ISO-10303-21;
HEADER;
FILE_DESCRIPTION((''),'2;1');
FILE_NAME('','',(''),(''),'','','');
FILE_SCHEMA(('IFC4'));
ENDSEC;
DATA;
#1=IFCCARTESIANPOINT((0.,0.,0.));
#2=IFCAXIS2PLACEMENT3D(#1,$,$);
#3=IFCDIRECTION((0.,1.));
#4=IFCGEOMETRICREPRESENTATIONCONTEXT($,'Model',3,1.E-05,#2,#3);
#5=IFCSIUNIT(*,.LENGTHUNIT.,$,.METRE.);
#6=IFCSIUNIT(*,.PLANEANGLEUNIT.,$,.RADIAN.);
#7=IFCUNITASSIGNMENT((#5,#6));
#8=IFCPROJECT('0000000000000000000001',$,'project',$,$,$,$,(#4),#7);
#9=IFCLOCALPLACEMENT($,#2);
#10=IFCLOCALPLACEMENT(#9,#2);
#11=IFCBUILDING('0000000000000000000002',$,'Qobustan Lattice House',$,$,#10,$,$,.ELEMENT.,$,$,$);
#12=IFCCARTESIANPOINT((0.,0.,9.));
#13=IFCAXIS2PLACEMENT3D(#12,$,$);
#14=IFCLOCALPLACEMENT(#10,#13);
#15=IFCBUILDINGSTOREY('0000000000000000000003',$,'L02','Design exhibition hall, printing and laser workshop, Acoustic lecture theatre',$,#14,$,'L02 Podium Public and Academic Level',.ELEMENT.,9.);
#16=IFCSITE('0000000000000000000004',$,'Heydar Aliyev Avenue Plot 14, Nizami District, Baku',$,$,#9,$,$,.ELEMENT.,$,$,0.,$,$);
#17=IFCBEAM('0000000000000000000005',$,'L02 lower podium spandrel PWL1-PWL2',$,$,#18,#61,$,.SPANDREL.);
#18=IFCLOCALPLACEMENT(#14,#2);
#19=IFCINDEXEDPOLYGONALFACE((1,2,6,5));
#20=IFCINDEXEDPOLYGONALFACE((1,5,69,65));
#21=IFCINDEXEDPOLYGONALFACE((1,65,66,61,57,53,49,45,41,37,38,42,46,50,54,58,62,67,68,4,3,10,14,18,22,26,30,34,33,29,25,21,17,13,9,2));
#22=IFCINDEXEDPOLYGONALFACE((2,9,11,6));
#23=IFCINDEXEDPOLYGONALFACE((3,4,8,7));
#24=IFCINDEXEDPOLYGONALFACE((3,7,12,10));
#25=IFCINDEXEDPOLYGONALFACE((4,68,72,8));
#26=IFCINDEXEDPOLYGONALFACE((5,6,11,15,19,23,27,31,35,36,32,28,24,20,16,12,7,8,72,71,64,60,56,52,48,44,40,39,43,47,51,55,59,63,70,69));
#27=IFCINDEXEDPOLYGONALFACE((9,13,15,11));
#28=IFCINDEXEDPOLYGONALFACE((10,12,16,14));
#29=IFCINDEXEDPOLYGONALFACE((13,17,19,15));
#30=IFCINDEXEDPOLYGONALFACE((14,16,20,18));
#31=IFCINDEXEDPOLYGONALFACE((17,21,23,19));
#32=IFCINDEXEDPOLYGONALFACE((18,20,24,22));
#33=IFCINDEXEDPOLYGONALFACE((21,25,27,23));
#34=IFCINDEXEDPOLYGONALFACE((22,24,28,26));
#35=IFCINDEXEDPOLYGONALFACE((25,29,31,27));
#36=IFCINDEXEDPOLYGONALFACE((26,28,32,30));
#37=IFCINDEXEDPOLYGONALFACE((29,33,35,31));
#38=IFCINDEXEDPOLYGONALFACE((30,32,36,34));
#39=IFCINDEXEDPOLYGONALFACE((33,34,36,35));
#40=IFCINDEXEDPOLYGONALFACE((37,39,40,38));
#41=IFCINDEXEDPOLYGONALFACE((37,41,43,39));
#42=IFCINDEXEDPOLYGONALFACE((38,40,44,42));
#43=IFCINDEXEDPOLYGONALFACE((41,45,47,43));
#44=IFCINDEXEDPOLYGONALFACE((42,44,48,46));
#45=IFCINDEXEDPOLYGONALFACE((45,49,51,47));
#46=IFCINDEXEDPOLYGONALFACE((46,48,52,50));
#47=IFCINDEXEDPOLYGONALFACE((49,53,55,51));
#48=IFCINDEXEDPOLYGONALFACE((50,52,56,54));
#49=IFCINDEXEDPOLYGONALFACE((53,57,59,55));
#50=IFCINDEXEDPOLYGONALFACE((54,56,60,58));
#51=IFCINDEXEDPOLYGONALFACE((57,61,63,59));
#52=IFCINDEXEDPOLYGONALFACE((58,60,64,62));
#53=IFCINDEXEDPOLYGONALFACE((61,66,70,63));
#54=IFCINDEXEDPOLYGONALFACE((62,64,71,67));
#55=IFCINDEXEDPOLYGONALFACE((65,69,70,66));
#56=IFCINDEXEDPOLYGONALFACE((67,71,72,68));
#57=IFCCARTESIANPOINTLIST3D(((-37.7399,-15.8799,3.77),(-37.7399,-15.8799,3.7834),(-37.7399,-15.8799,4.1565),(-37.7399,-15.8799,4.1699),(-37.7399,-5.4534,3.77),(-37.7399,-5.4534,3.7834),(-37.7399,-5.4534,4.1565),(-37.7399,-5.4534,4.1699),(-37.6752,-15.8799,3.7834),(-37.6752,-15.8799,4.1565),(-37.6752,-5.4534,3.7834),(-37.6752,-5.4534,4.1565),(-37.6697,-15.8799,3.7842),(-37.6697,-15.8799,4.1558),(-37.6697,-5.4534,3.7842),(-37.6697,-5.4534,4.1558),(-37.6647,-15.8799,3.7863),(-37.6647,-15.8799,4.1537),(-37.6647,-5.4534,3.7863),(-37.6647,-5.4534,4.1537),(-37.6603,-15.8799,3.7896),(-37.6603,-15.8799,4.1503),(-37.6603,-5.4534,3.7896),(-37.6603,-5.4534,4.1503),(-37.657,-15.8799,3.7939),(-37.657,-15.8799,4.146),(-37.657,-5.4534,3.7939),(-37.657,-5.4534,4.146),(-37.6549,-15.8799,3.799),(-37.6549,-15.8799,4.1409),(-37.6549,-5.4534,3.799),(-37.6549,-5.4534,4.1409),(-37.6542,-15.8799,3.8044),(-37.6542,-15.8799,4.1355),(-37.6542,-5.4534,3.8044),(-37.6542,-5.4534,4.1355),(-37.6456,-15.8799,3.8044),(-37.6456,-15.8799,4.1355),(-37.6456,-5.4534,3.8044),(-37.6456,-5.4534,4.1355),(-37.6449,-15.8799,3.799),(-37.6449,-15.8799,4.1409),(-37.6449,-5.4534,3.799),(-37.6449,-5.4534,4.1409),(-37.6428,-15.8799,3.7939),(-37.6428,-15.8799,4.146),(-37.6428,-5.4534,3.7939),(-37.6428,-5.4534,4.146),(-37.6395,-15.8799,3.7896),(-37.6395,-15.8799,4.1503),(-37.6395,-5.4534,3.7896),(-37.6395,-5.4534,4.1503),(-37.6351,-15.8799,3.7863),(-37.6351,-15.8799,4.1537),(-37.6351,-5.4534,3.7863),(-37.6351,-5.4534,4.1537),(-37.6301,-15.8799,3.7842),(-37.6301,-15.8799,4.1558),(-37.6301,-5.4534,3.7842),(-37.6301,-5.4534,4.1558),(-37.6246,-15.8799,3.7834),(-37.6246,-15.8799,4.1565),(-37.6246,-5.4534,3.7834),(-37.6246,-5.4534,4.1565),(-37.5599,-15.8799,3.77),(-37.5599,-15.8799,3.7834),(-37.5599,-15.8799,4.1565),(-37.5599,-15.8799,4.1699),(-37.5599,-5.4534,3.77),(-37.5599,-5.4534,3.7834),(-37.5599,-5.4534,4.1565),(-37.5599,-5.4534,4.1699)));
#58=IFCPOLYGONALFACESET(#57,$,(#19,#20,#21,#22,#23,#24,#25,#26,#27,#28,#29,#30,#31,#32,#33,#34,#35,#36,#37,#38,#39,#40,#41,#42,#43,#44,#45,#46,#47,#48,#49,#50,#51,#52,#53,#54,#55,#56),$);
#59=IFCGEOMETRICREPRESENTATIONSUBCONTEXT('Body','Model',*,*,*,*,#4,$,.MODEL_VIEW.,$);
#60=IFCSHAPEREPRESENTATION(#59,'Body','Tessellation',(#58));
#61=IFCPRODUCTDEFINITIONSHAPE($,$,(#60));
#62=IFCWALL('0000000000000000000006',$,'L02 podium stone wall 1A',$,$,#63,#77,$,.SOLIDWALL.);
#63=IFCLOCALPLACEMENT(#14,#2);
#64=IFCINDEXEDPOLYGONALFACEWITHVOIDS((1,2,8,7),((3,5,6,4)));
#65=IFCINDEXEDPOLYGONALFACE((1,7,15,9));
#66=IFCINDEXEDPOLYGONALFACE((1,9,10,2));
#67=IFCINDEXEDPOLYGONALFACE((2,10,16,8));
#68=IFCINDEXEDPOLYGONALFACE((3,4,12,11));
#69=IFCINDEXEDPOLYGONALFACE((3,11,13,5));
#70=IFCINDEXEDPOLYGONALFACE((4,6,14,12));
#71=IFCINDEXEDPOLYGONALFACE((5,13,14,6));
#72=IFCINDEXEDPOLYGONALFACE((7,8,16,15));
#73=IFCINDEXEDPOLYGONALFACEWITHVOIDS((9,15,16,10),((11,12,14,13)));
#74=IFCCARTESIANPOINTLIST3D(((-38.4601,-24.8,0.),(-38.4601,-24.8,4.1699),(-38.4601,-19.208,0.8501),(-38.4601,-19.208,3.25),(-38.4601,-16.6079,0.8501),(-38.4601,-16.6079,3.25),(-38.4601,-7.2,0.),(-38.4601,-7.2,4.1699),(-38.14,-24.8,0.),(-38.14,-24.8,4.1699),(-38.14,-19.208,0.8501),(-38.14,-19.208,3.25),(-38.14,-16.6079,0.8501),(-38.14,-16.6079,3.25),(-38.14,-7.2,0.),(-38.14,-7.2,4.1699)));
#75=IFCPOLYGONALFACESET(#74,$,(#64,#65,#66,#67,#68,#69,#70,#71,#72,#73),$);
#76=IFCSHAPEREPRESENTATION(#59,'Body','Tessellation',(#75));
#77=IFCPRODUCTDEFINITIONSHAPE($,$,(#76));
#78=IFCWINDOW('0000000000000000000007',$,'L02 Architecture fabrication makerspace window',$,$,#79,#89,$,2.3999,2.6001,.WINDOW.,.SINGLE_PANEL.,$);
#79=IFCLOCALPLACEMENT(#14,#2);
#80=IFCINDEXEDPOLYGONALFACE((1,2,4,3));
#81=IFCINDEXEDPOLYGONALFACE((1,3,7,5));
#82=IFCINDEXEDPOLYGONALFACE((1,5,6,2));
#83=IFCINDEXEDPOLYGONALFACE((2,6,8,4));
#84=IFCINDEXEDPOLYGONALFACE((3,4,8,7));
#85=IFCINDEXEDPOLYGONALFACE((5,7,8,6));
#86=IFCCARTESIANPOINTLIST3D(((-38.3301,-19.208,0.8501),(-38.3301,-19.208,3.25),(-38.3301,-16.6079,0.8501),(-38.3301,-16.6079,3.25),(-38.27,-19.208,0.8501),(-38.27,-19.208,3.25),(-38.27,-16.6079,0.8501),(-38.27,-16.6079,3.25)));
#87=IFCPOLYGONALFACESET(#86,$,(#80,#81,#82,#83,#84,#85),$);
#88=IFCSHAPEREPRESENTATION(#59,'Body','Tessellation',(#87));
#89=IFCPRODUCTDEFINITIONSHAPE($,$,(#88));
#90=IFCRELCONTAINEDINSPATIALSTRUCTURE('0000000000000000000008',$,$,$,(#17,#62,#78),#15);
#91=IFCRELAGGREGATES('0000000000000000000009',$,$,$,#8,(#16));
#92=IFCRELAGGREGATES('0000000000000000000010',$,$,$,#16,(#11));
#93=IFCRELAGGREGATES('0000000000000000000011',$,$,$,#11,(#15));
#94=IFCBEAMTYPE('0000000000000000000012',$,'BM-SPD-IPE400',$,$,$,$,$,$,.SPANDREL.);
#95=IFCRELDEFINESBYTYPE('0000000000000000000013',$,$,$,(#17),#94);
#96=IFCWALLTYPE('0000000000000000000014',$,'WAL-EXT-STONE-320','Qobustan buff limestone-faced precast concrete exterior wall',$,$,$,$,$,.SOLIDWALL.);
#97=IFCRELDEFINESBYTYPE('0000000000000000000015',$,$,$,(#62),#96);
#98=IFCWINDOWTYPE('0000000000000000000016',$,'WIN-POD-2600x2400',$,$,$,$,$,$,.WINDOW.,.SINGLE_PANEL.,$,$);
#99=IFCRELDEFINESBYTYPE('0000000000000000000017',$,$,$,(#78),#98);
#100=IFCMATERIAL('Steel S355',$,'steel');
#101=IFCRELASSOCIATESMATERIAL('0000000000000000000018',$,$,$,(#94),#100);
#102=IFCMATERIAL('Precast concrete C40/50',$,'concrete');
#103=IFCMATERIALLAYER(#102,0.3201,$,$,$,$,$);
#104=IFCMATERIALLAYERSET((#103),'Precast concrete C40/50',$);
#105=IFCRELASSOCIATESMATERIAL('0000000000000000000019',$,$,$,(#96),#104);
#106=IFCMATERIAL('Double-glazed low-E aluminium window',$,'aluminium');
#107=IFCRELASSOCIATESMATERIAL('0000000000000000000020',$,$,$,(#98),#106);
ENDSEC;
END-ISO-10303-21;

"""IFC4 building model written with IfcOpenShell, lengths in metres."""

from ifc_helpers import new_model, si_unit, direction, frame, frame_2d, origin, origin_2d, place, context, subcontext, project, spatial, rectangle, i_section, extrude, material, layer, layer_set, material_profile, profile_set, type_object, element, fill, save


model = new_model("IFC4")

# Units and contexts
model_context = context("Model", 3, precision=1e-05, world=origin(), true_north=direction((0.0, 1.0)))
body_context = subcontext(model_context, "Body", "Model", "MODEL_VIEW")
ifc_project = project(units=[si_unit("LENGTHUNIT", "METRE"), si_unit("PLANEANGLEUNIT", "RADIAN")], contexts=[model_context])

# Site, building, storey
site_placement = place(None, origin())
site = spatial("IfcSite", under=ifc_project, at=site_placement, Name="Heydar Aliyev Avenue Plot 14, Nizami District, Baku", CompositionType="ELEMENT", RefElevation=0.0)
building_placement = place(site_placement, origin())
building = spatial("IfcBuilding", under=site, at=building_placement, Name="Qobustan Lattice House", CompositionType="ELEMENT")
storey_placement = place(building_placement, frame((0.0, 0.0, 9.0)))
storey = spatial("IfcBuildingStorey", under=building, at=storey_placement, Name="L02", Description="Design exhibition hall, printing and laser workshop, Acoustic lecture theatre", LongName="L02 Podium Public and Academic Level", CompositionType="ELEMENT", Elevation=9.0)

# Beam
ifc_material_1 = material(Name="Steel S355", Category="steel")
ifc_material_profile_1 = material_profile(ifc_material_1, i_section(OverallWidth=0.1799, OverallDepth=0.3999, WebThickness=0.0085, FlangeThickness=0.0134, FilletRadius=0.021, at=origin_2d()), Name="IPE400")
ifc_profile_set_1 = profile_set([ifc_material_profile_1], Name="Steel S355")
beam_type_1 = type_object("IfcBeamType", Name="BM-SPD-IPE400", PredefinedType="SPANDREL", material=ifc_profile_set_1)
beam_1_placement = place(storey_placement, frame((-37.6499, -15.8799, 3.97), z_axis=(0.0, 1.0, 0.0), x_axis=(-1.0, 0.0, 0.0)))
element("IfcBeam", 1, at=beam_1_placement, inside=storey, type_object=beam_type_1, Name="L02 lower podium spandrel PWL1-PWL2", PredefinedType="SPANDREL", context=body_context, shape_type="SweptSolid", body=[
    extrude(i_section(OverallWidth=0.1799, OverallDepth=0.3999, WebThickness=0.0085, FlangeThickness=0.0134, FilletRadius=0.021, at=origin_2d()), origin(), (0.0, 0.0, 1.0), 10.4265),
])

# Wall, opening, window
ifc_material_2 = material(Name="Precast concrete C40/50", Category="concrete")
ifc_layer = layer(ifc_material_2, 0.3201)
ifc_layer_set = layer_set([ifc_layer], Name="Precast concrete C40/50")
wall_type = type_object("IfcWallType", Name="WAL-EXT-STONE-320", Description="Qobustan buff limestone-faced precast concrete exterior wall", PredefinedType="SOLIDWALL", material=ifc_layer_set)
wall_placement = place(storey_placement, frame((-38.3, -24.8, 0.0), z_axis=(0.0, 0.0, 1.0), x_axis=(0.0, 1.0, 0.0)))
wall = element("IfcWall", 2, at=wall_placement, inside=storey, type_object=wall_type, Name="L02 podium stone wall 1A", PredefinedType="SOLIDWALL", context=body_context, shape_type="SweptSolid", body=[
    extrude(rectangle(XDim=17.6001, YDim=0.3201, at=frame_2d((8.8, 0.0))), origin(), (0.0, 0.0, 1.0), 4.1699),
])
opening_placement = place(wall_placement, frame((5.592, 0.0, 0.8501)))
opening = element("IfcOpeningElement", 3, at=opening_placement, cuts=wall, PredefinedType="OPENING", context=body_context, shape_type="SweptSolid", body=[
    extrude(rectangle(XDim=2.6001, YDim=2.3999, at=frame_2d((1.3, 1.2))), frame((0.0, 0.1699, 0.0), z_axis=(0.0, -1.0, 0.0), x_axis=(1.0, 0.0, 0.0)), (0.0, 0.0, 1.0), 0.3401),
])
ifc_material_3 = material(Name="Double-glazed low-E aluminium window", Category="aluminium")
window_type = type_object("IfcWindowType", Name="WIN-POD-2600x2400", PartitioningType="SINGLE_PANEL", PredefinedType="WINDOW", material=ifc_material_3)
window_placement = place(opening_placement, origin())
window = element("IfcWindow", 4, at=window_placement, inside=storey, type_object=window_type, Name="L02 Architecture fabrication makerspace window", OverallHeight=2.3999, OverallWidth=2.6001, PartitioningType="SINGLE_PANEL", PredefinedType="WINDOW", context=body_context, shape_type="SweptSolid", body=[
    extrude(rectangle(XDim=2.6001, YDim=2.3999, at=frame_2d((1.3, 1.2))), frame((0.0, 0.03, 0.0), z_axis=(0.0, -1.0, 0.0), x_axis=(1.0, 0.0, 0.0)), (0.0, 0.0, 1.0), 0.0601),
])
fill(opening, window)

save(model, "model.ifc")
